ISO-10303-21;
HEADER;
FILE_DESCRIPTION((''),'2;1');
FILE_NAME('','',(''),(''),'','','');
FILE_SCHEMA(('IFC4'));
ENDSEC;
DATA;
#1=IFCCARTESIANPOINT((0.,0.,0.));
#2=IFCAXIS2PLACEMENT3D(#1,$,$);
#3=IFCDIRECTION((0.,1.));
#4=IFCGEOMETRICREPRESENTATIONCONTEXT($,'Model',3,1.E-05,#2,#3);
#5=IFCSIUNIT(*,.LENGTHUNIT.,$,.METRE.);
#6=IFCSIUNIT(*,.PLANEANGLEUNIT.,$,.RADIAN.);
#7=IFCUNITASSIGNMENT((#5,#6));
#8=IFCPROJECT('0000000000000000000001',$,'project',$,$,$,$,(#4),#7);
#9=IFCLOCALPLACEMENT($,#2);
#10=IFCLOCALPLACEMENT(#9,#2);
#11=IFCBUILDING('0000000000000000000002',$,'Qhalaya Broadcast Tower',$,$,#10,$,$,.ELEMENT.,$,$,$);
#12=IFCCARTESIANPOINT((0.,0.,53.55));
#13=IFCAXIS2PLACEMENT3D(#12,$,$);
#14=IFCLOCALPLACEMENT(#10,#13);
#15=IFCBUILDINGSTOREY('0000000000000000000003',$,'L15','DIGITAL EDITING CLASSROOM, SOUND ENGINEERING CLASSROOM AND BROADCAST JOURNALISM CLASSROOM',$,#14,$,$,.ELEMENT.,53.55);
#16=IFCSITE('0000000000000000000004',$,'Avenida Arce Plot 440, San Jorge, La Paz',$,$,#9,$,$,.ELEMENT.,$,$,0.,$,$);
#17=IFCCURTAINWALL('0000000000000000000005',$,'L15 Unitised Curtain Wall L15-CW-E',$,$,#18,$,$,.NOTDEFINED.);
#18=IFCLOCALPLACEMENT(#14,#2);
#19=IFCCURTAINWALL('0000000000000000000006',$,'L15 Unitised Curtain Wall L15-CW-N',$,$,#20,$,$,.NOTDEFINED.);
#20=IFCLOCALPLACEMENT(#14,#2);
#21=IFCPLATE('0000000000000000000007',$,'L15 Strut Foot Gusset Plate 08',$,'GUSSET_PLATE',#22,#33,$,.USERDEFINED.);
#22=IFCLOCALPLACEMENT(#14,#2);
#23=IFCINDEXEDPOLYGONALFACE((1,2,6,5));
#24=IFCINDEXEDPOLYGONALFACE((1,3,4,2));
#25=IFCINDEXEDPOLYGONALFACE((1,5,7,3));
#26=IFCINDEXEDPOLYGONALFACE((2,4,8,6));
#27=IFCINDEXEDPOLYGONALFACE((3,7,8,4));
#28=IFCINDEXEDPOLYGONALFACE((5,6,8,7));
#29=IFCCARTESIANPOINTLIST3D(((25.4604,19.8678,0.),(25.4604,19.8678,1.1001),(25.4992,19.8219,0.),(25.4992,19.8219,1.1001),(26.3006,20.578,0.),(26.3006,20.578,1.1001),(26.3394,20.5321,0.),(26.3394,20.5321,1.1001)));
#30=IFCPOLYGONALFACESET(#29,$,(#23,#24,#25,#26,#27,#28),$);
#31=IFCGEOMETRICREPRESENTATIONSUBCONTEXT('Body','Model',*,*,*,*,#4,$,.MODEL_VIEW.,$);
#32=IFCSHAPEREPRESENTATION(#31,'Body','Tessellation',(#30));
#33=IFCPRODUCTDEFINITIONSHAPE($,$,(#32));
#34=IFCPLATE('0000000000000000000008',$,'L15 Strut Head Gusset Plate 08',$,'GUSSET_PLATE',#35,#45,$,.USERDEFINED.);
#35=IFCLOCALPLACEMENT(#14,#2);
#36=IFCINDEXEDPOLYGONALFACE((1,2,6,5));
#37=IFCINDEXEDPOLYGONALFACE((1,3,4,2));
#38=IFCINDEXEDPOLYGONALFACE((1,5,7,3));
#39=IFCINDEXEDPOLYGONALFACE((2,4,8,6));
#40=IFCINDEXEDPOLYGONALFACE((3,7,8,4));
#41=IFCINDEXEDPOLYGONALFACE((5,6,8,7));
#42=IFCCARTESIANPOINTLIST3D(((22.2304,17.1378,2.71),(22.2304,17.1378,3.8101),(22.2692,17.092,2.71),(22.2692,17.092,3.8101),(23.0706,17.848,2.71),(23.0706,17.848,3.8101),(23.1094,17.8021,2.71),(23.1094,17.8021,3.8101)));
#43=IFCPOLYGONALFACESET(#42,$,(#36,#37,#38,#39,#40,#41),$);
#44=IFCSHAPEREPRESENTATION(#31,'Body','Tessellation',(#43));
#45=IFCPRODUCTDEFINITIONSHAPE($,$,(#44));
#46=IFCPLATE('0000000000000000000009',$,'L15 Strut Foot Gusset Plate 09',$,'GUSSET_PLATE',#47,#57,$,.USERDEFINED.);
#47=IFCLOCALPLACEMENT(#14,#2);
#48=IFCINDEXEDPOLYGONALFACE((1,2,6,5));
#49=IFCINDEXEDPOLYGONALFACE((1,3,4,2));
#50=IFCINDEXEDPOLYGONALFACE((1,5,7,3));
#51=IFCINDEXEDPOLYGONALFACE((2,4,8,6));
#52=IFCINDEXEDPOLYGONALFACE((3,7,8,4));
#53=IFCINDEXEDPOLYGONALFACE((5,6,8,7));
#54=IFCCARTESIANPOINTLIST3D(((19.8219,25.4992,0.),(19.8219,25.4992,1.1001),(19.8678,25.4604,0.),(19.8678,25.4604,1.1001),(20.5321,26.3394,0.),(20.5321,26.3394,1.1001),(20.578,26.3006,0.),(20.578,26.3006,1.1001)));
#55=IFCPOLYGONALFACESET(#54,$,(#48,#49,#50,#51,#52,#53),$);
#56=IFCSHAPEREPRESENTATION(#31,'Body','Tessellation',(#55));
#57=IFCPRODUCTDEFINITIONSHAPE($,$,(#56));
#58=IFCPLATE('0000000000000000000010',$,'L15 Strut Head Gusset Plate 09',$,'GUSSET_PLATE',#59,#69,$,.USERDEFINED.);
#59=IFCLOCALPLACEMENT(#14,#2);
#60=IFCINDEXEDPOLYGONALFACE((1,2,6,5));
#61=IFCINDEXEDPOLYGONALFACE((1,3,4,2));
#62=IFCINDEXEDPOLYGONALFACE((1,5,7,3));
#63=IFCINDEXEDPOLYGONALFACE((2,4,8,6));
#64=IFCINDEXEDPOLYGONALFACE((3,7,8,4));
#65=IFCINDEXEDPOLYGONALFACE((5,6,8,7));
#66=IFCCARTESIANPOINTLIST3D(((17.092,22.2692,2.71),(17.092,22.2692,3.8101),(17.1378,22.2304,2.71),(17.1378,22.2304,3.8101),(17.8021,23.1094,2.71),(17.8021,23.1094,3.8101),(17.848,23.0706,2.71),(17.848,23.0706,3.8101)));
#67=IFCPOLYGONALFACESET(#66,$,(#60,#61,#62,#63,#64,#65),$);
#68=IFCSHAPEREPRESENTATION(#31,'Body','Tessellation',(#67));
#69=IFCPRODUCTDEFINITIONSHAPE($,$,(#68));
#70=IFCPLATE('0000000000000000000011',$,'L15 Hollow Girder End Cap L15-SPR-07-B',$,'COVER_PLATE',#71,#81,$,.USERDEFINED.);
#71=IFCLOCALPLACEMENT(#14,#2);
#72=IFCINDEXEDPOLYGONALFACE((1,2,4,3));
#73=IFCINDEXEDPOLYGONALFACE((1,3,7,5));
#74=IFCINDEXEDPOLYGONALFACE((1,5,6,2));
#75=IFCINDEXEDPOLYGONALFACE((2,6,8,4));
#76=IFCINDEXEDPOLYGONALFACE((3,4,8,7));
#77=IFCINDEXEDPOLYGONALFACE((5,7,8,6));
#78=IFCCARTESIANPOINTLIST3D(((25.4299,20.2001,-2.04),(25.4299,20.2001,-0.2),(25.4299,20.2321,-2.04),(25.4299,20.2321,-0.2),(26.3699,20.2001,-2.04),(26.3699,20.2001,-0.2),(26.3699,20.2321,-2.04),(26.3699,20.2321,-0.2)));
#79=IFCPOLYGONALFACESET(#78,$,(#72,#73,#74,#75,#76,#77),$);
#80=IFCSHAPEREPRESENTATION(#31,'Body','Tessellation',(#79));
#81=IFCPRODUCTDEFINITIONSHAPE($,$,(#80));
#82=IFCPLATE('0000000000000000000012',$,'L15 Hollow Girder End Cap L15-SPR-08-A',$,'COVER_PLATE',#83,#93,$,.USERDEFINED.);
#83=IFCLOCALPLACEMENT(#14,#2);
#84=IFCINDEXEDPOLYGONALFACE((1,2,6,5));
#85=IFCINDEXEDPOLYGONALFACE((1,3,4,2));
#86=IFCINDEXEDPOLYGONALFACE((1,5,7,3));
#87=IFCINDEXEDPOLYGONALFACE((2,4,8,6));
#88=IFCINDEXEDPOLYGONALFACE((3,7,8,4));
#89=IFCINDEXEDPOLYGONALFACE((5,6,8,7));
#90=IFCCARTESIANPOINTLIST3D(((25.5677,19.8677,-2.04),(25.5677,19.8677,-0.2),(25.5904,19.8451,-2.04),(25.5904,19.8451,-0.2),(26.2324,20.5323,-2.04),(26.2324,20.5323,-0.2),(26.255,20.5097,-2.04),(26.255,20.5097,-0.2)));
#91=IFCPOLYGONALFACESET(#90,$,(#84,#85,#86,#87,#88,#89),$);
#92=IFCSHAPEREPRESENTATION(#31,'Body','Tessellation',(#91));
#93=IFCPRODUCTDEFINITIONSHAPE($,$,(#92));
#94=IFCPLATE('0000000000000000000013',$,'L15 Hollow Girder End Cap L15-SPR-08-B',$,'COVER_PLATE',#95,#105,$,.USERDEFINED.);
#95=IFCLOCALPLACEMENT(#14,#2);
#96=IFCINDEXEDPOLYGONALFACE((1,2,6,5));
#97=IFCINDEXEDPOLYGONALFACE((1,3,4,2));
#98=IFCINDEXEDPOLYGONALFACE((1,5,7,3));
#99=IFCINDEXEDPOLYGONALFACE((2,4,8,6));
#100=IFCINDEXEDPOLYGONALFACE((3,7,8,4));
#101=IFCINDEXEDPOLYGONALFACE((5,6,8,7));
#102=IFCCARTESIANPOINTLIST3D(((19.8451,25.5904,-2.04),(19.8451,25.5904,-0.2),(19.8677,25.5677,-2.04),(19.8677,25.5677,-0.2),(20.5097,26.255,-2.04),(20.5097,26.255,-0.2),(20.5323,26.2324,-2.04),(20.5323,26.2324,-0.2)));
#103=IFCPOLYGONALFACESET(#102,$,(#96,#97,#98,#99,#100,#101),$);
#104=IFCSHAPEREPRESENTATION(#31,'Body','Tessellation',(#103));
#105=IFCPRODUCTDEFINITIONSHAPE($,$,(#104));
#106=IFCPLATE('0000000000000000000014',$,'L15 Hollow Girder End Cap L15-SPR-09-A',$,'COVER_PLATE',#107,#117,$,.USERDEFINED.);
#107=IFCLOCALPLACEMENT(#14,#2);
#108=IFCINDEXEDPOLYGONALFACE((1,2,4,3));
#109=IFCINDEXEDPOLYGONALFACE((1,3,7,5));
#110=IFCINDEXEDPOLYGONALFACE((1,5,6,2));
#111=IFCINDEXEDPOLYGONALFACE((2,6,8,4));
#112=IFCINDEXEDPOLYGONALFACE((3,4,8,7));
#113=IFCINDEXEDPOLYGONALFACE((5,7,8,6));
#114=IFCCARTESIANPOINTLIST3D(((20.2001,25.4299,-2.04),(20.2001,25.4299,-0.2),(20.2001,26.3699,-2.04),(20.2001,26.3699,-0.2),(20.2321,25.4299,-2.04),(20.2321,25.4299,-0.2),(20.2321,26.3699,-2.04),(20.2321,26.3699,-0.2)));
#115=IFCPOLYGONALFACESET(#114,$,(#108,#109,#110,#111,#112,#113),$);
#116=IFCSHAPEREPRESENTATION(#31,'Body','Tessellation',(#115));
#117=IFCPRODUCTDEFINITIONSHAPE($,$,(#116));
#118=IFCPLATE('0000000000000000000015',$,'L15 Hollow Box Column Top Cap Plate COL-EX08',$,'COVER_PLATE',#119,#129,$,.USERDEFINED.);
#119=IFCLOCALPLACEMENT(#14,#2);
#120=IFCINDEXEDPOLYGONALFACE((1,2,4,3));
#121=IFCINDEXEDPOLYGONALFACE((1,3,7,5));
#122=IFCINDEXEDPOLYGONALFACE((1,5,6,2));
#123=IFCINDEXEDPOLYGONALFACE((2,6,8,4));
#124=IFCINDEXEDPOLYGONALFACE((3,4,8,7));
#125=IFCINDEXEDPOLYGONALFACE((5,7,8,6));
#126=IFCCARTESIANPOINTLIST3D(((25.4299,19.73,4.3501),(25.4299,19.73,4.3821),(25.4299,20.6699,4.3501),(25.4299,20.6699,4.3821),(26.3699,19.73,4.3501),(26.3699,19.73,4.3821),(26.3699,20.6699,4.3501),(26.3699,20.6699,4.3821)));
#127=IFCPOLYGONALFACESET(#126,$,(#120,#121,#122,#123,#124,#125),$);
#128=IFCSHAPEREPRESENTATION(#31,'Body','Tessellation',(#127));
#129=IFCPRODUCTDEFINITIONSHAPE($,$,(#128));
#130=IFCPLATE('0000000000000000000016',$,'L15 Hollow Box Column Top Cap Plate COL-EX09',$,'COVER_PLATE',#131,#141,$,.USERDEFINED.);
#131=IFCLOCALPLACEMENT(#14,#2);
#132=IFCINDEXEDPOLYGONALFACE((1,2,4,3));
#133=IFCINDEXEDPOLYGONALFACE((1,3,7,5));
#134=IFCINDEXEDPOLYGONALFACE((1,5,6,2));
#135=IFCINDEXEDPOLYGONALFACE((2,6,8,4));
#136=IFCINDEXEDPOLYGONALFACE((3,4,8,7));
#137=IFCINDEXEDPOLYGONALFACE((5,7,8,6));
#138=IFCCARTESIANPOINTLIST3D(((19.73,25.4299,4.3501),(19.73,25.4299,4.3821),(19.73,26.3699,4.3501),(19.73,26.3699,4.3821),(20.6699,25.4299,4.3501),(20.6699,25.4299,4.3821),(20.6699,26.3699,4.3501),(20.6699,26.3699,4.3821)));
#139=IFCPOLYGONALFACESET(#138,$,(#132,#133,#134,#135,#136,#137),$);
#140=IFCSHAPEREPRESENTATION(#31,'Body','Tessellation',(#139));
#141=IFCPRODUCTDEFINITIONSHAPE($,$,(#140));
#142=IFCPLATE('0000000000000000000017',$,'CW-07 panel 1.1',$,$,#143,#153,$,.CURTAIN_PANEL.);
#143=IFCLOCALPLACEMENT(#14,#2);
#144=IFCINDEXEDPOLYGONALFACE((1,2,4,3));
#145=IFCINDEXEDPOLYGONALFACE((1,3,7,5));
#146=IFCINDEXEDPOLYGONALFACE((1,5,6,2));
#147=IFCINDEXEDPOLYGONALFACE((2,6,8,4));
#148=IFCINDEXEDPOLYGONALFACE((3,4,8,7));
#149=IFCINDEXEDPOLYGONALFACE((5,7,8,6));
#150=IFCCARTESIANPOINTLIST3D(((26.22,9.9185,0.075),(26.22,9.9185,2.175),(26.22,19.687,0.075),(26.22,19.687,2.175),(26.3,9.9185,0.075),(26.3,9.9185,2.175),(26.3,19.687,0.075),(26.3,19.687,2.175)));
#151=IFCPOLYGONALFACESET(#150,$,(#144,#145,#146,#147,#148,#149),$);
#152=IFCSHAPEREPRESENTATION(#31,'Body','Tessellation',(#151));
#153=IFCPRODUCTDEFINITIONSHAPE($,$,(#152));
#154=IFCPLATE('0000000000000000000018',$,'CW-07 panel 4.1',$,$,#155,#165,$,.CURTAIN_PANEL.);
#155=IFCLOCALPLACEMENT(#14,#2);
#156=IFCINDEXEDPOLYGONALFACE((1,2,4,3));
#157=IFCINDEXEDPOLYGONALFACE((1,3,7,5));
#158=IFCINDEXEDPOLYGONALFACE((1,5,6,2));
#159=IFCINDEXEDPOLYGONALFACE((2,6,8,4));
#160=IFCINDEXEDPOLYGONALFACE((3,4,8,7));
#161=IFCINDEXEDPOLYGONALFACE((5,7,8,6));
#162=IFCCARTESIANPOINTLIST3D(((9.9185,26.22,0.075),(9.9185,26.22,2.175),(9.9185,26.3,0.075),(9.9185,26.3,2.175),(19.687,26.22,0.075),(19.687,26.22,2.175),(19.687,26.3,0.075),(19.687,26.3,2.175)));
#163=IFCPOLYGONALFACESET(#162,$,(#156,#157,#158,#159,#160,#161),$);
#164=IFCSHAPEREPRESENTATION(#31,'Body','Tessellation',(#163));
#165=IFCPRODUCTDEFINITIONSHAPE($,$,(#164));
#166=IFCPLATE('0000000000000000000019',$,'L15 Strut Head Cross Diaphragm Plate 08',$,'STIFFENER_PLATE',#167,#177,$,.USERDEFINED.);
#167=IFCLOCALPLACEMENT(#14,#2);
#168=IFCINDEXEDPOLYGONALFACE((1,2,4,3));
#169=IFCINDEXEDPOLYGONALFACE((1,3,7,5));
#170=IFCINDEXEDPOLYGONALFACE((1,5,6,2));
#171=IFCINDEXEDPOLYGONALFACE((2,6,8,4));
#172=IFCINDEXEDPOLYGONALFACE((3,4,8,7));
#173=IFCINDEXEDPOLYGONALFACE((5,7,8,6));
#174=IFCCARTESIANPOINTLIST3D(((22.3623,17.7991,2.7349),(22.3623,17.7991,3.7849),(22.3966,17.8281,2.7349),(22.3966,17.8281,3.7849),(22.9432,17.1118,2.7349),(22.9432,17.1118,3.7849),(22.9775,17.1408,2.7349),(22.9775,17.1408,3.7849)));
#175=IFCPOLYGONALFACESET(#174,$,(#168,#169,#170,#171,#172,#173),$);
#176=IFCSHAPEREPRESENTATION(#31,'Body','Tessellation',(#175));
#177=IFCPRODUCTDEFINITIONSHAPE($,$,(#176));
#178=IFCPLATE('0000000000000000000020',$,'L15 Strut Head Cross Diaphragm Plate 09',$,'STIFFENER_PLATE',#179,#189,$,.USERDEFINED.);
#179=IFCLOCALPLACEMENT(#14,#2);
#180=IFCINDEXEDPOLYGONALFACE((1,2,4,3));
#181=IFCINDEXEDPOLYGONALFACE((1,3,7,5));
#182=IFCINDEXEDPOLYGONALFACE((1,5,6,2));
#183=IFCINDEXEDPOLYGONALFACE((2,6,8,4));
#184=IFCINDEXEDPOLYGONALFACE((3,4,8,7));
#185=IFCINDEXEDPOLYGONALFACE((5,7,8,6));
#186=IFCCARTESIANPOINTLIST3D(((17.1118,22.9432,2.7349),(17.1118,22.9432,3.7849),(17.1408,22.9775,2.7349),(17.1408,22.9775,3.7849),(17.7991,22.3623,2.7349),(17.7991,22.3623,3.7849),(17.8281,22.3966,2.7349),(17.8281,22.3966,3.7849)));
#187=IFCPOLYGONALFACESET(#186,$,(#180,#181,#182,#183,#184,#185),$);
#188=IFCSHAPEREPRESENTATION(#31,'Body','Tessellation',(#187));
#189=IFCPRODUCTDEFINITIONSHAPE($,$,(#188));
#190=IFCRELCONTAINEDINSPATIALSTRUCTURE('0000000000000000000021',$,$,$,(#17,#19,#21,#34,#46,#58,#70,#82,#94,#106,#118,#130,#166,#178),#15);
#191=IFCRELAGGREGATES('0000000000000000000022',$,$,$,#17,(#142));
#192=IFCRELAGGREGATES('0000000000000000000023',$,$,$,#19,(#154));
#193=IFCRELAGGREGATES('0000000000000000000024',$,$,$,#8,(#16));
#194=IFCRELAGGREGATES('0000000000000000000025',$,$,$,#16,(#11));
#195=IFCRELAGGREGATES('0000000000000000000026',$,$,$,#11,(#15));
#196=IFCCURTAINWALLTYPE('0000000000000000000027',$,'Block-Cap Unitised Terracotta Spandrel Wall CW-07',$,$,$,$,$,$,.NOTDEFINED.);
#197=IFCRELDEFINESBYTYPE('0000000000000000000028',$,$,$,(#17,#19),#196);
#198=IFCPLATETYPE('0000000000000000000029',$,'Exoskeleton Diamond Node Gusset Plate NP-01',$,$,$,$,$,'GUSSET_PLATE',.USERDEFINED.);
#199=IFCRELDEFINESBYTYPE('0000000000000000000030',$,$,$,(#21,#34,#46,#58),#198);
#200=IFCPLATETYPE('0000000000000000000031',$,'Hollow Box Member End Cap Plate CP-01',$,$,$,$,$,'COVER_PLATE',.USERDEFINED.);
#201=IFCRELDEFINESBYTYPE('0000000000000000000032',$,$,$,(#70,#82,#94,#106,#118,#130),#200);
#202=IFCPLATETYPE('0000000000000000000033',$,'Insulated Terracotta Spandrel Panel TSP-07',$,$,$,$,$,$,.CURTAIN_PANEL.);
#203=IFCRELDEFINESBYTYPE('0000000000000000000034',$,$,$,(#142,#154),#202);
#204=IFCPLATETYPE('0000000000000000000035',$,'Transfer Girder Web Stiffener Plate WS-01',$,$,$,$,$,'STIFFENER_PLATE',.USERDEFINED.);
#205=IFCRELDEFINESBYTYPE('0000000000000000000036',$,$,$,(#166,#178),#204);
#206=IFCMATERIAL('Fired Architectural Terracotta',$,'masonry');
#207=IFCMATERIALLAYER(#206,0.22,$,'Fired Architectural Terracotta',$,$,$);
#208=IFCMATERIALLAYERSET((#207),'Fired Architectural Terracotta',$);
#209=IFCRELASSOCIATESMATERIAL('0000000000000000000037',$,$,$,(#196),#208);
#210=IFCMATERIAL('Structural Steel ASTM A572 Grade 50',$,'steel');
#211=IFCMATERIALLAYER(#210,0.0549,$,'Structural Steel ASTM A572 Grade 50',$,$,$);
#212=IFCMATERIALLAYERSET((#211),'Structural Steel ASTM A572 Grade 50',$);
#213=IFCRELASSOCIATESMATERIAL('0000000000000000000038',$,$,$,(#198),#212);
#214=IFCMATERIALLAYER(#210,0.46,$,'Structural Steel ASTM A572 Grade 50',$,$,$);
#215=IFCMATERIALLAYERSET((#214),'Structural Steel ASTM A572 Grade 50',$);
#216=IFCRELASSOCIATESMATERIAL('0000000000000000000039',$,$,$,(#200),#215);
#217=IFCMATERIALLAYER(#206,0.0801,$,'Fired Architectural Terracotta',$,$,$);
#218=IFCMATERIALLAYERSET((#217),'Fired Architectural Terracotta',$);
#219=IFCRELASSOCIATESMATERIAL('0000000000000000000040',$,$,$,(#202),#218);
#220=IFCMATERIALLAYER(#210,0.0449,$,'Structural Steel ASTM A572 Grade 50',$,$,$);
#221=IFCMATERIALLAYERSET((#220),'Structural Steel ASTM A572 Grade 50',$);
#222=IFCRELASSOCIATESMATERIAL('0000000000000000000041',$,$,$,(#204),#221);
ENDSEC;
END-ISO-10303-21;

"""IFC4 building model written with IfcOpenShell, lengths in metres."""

from ifc_helpers import new_model, si_unit, direction, frame, origin, origin_2d, place, context, subcontext, project, spatial, rectangle, extrude, material, layer, layer_set, type_object, element, aggregate, save


model = new_model("IFC4")

# Units and contexts
model_context = context("Model", 3, precision=1e-05, world=origin(), true_north=direction((0.0, 1.0)))
body_context = subcontext(model_context, "Body", "Model", "MODEL_VIEW")
ifc_project = project(units=[si_unit("LENGTHUNIT", "METRE"), si_unit("PLANEANGLEUNIT", "RADIAN")], contexts=[model_context])

# Site, building, storey
site_placement = place(None, origin())
site = spatial("IfcSite", under=ifc_project, at=site_placement, Name="Avenida Arce Plot 440, San Jorge, La Paz", CompositionType="ELEMENT", RefElevation=0.0)
building_placement = place(site_placement, origin())
building = spatial("IfcBuilding", under=site, at=building_placement, Name="Qhalaya Broadcast Tower", CompositionType="ELEMENT")
storey_placement = place(building_placement, frame((0.0, 0.0, 53.55)))
storey = spatial("IfcBuildingStorey", under=building, at=storey_placement, Name="L15", Description="DIGITAL EDITING CLASSROOM, SOUND ENGINEERING CLASSROOM AND BROADCAST JOURNALISM CLASSROOM", CompositionType="ELEMENT", Elevation=53.55)

# Shared definitions
ifc_material_1 = material(Name="Structural Steel ASTM A572 Grade 50", Category="steel")

# Curtain walls
ifc_material_2 = material(Name="Fired Architectural Terracotta", Category="masonry")
ifc_layer_1 = layer(ifc_material_2, 0.22, Name="Fired Architectural Terracotta")
ifc_layer_set_1 = layer_set([ifc_layer_1], Name="Fired Architectural Terracotta")
curtain_wall_type = type_object("IfcCurtainWallType", Name="Block-Cap Unitised Terracotta Spandrel Wall CW-07", PredefinedType="NOTDEFINED", material=ifc_layer_set_1)
curtain_wall_1_placement = place(storey_placement, origin())
curtain_wall_1 = element("IfcCurtainWall", 1, at=curtain_wall_1_placement, inside=storey, type_object=curtain_wall_type, Name="L15 Unitised Curtain Wall L15-CW-E", PredefinedType="NOTDEFINED")
curtain_wall_2_placement = place(storey_placement, origin())
curtain_wall_2 = element("IfcCurtainWall", 2, at=curtain_wall_2_placement, inside=storey, type_object=curtain_wall_type, Name="L15 Unitised Curtain Wall L15-CW-N", PredefinedType="NOTDEFINED")

# Plates
ifc_layer_2 = layer(ifc_material_1, 0.0549, Name="Structural Steel ASTM A572 Grade 50")
ifc_layer_set_2 = layer_set([ifc_layer_2], Name="Structural Steel ASTM A572 Grade 50")
plate_type_1 = type_object("IfcPlateType", Name="Exoskeleton Diamond Node Gusset Plate NP-01", ElementType="GUSSET_PLATE", PredefinedType="USERDEFINED", material=ifc_layer_set_2)
for number, where, z_axis, x_axis, name in (
    (3, (25.8999, 20.2, 0.0), (0.0, 0.0, 1.0), (-0.76374, -0.645524, 0.0), "L15 Strut Foot Gusset Plate 08"),
    (4, (22.6699, 17.47, 2.71), (0.0, 0.0, 1.0), (-0.76374, -0.645524, 0.0), "L15 Strut Head Gusset Plate 08"),
    (5, (20.2, 25.8999, 0.0), (0.0, 0.0, 1.0), (-0.645524, -0.76374, 0.0), "L15 Strut Foot Gusset Plate 09"),
    (6, (17.47, 22.6699, 2.71), (0.0, 0.0, 1.0), (-0.645524, -0.76374, 0.0), "L15 Strut Head Gusset Plate 09"),
):
    element("IfcPlate", number, at=place(storey_placement, frame(where, z_axis=z_axis, x_axis=x_axis)), inside=storey, type_object=plate_type_1, Name=name, ObjectType="GUSSET_PLATE", PredefinedType="USERDEFINED", context=body_context, shape_type="SweptSolid", body=[
        extrude(rectangle(XDim=1.1001, YDim=0.0601, at=origin_2d()), origin(), (0.0, 0.0, 1.0), 1.1001),
    ])
ifc_layer_3 = layer(ifc_material_1, 0.46, Name="Structural Steel ASTM A572 Grade 50")
ifc_layer_set_3 = layer_set([ifc_layer_3], Name="Structural Steel ASTM A572 Grade 50")
plate_type_2 = type_object("IfcPlateType", Name="Hollow Box Member End Cap Plate CP-01", ElementType="COVER_PLATE", PredefinedType="USERDEFINED", material=ifc_layer_set_3)
for number, where, z_axis, x_axis, name in (
    (7, (25.8999, 20.2161, -2.04), (0.0, 0.0, 1.0), (-1.0, 0.0, 0.0), "L15 Hollow Girder End Cap L15-SPR-07-B"),
    (8, (25.9114, 20.1887, -2.04), (0.0, 0.0, 1.0), (-0.707107, -0.707107, 0.0), "L15 Hollow Girder End Cap L15-SPR-08-A"),
    (9, (20.1887, 25.9114, -2.04), (0.0, 0.0, 1.0), (-0.707107, -0.707107, 0.0), "L15 Hollow Girder End Cap L15-SPR-08-B"),
    (10, (20.2161, 25.8999, -2.04), (0.0, 0.0, 1.0), (0.0, -1.0, 0.0), "L15 Hollow Girder End Cap L15-SPR-09-A"),
):
    element("IfcPlate", number, at=place(storey_placement, frame(where, z_axis=z_axis, x_axis=x_axis)), inside=storey, type_object=plate_type_2, Name=name, ObjectType="COVER_PLATE", PredefinedType="USERDEFINED", context=body_context, shape_type="SweptSolid", body=[
        extrude(rectangle(XDim=0.9399, YDim=0.032, at=origin_2d()), origin(), (0.0, 0.0, 1.0), 1.8401),
    ])
for number, where, z_axis, x_axis, name in (
    (11, (25.8999, 20.2, 4.3501), (0.0, 0.0, 1.0), (0.0, 1.0, 0.0), "L15 Hollow Box Column Top Cap Plate COL-EX08"),
    (12, (20.2, 25.8999, 4.3501), (0.0, 0.0, 1.0), (1.0, 0.0, 0.0), "L15 Hollow Box Column Top Cap Plate COL-EX09"),
):
    element("IfcPlate", number, at=place(storey_placement, frame(where, z_axis=z_axis, x_axis=x_axis)), inside=storey, type_object=plate_type_2, Name=name, ObjectType="COVER_PLATE", PredefinedType="USERDEFINED", context=body_context, shape_type="SweptSolid", body=[
        extrude(rectangle(XDim=0.9399, YDim=0.9399, at=origin_2d()), origin(), (0.0, 0.0, 1.0), 0.032),
    ])

# Plates
ifc_layer_4 = layer(ifc_material_2, 0.0801, Name="Fired Architectural Terracotta")
ifc_layer_set_4 = layer_set([ifc_layer_4], Name="Fired Architectural Terracotta")
plate_type_3 = type_object("IfcPlateType", Name="Insulated Terracotta Spandrel Panel TSP-07", PredefinedType="CURTAIN_PANEL", material=ifc_layer_set_4)
plate_1_placement = place(storey_placement, frame((26.26, 14.8027, 0.075), z_axis=(0.0, 0.0, 1.0), x_axis=(0.0, -1.0, 0.0)))
plate_1 = element("IfcPlate", 13, at=plate_1_placement, type_object=plate_type_3, Name="CW-07 panel 1.1", PredefinedType="CURTAIN_PANEL", context=body_context, shape_type="SweptSolid", body=[
    extrude(rectangle(XDim=9.7686, YDim=0.0801, at=origin_2d()), origin(), (0.0, 0.0, 1.0), 2.1001),
])
aggregate(curtain_wall_1, [plate_1])
plate_2_placement = place(storey_placement, frame((14.8027, 26.26, 0.075), z_axis=(0.0, 0.0, 1.0), x_axis=(1.0, 0.0, 0.0)))
plate_2 = element("IfcPlate", 14, at=plate_2_placement, type_object=plate_type_3, Name="CW-07 panel 4.1", PredefinedType="CURTAIN_PANEL", context=body_context, shape_type="SweptSolid", body=[
    extrude(rectangle(XDim=9.7686, YDim=0.0801, at=origin_2d()), origin(), (0.0, 0.0, 1.0), 2.1001),
])
aggregate(curtain_wall_2, [plate_2])

# Plates
ifc_layer_5 = layer(ifc_material_1, 0.0449, Name="Structural Steel ASTM A572 Grade 50")
ifc_layer_set_5 = layer_set([ifc_layer_5], Name="Structural Steel ASTM A572 Grade 50")
plate_type_4 = type_object("IfcPlateType", Name="Transfer Girder Web Stiffener Plate WS-01", ElementType="STIFFENER_PLATE", PredefinedType="USERDEFINED", material=ifc_layer_set_5)
for number, where, z_axis, x_axis, name in (
    (15, (22.6699, 17.47, 2.7349), (0.0, 0.0, 1.0), (0.645524, -0.76374, 0.0), "L15 Strut Head Cross Diaphragm Plate 08"),
    (16, (17.47, 22.6699, 2.7349), (0.0, 0.0, 1.0), (0.76374, -0.645524, 0.0), "L15 Strut Head Cross Diaphragm Plate 09"),
):
    element("IfcPlate", number, at=place(storey_placement, frame(where, z_axis=z_axis, x_axis=x_axis)), inside=storey, type_object=plate_type_4, Name=name, ObjectType="STIFFENER_PLATE", PredefinedType="USERDEFINED", context=body_context, shape_type="SweptSolid", body=[
        extrude(rectangle(XDim=0.8999, YDim=0.0449, at=origin_2d()), origin(), (0.0, 0.0, 1.0), 1.05),
    ])

save(model, "model.ifc")
